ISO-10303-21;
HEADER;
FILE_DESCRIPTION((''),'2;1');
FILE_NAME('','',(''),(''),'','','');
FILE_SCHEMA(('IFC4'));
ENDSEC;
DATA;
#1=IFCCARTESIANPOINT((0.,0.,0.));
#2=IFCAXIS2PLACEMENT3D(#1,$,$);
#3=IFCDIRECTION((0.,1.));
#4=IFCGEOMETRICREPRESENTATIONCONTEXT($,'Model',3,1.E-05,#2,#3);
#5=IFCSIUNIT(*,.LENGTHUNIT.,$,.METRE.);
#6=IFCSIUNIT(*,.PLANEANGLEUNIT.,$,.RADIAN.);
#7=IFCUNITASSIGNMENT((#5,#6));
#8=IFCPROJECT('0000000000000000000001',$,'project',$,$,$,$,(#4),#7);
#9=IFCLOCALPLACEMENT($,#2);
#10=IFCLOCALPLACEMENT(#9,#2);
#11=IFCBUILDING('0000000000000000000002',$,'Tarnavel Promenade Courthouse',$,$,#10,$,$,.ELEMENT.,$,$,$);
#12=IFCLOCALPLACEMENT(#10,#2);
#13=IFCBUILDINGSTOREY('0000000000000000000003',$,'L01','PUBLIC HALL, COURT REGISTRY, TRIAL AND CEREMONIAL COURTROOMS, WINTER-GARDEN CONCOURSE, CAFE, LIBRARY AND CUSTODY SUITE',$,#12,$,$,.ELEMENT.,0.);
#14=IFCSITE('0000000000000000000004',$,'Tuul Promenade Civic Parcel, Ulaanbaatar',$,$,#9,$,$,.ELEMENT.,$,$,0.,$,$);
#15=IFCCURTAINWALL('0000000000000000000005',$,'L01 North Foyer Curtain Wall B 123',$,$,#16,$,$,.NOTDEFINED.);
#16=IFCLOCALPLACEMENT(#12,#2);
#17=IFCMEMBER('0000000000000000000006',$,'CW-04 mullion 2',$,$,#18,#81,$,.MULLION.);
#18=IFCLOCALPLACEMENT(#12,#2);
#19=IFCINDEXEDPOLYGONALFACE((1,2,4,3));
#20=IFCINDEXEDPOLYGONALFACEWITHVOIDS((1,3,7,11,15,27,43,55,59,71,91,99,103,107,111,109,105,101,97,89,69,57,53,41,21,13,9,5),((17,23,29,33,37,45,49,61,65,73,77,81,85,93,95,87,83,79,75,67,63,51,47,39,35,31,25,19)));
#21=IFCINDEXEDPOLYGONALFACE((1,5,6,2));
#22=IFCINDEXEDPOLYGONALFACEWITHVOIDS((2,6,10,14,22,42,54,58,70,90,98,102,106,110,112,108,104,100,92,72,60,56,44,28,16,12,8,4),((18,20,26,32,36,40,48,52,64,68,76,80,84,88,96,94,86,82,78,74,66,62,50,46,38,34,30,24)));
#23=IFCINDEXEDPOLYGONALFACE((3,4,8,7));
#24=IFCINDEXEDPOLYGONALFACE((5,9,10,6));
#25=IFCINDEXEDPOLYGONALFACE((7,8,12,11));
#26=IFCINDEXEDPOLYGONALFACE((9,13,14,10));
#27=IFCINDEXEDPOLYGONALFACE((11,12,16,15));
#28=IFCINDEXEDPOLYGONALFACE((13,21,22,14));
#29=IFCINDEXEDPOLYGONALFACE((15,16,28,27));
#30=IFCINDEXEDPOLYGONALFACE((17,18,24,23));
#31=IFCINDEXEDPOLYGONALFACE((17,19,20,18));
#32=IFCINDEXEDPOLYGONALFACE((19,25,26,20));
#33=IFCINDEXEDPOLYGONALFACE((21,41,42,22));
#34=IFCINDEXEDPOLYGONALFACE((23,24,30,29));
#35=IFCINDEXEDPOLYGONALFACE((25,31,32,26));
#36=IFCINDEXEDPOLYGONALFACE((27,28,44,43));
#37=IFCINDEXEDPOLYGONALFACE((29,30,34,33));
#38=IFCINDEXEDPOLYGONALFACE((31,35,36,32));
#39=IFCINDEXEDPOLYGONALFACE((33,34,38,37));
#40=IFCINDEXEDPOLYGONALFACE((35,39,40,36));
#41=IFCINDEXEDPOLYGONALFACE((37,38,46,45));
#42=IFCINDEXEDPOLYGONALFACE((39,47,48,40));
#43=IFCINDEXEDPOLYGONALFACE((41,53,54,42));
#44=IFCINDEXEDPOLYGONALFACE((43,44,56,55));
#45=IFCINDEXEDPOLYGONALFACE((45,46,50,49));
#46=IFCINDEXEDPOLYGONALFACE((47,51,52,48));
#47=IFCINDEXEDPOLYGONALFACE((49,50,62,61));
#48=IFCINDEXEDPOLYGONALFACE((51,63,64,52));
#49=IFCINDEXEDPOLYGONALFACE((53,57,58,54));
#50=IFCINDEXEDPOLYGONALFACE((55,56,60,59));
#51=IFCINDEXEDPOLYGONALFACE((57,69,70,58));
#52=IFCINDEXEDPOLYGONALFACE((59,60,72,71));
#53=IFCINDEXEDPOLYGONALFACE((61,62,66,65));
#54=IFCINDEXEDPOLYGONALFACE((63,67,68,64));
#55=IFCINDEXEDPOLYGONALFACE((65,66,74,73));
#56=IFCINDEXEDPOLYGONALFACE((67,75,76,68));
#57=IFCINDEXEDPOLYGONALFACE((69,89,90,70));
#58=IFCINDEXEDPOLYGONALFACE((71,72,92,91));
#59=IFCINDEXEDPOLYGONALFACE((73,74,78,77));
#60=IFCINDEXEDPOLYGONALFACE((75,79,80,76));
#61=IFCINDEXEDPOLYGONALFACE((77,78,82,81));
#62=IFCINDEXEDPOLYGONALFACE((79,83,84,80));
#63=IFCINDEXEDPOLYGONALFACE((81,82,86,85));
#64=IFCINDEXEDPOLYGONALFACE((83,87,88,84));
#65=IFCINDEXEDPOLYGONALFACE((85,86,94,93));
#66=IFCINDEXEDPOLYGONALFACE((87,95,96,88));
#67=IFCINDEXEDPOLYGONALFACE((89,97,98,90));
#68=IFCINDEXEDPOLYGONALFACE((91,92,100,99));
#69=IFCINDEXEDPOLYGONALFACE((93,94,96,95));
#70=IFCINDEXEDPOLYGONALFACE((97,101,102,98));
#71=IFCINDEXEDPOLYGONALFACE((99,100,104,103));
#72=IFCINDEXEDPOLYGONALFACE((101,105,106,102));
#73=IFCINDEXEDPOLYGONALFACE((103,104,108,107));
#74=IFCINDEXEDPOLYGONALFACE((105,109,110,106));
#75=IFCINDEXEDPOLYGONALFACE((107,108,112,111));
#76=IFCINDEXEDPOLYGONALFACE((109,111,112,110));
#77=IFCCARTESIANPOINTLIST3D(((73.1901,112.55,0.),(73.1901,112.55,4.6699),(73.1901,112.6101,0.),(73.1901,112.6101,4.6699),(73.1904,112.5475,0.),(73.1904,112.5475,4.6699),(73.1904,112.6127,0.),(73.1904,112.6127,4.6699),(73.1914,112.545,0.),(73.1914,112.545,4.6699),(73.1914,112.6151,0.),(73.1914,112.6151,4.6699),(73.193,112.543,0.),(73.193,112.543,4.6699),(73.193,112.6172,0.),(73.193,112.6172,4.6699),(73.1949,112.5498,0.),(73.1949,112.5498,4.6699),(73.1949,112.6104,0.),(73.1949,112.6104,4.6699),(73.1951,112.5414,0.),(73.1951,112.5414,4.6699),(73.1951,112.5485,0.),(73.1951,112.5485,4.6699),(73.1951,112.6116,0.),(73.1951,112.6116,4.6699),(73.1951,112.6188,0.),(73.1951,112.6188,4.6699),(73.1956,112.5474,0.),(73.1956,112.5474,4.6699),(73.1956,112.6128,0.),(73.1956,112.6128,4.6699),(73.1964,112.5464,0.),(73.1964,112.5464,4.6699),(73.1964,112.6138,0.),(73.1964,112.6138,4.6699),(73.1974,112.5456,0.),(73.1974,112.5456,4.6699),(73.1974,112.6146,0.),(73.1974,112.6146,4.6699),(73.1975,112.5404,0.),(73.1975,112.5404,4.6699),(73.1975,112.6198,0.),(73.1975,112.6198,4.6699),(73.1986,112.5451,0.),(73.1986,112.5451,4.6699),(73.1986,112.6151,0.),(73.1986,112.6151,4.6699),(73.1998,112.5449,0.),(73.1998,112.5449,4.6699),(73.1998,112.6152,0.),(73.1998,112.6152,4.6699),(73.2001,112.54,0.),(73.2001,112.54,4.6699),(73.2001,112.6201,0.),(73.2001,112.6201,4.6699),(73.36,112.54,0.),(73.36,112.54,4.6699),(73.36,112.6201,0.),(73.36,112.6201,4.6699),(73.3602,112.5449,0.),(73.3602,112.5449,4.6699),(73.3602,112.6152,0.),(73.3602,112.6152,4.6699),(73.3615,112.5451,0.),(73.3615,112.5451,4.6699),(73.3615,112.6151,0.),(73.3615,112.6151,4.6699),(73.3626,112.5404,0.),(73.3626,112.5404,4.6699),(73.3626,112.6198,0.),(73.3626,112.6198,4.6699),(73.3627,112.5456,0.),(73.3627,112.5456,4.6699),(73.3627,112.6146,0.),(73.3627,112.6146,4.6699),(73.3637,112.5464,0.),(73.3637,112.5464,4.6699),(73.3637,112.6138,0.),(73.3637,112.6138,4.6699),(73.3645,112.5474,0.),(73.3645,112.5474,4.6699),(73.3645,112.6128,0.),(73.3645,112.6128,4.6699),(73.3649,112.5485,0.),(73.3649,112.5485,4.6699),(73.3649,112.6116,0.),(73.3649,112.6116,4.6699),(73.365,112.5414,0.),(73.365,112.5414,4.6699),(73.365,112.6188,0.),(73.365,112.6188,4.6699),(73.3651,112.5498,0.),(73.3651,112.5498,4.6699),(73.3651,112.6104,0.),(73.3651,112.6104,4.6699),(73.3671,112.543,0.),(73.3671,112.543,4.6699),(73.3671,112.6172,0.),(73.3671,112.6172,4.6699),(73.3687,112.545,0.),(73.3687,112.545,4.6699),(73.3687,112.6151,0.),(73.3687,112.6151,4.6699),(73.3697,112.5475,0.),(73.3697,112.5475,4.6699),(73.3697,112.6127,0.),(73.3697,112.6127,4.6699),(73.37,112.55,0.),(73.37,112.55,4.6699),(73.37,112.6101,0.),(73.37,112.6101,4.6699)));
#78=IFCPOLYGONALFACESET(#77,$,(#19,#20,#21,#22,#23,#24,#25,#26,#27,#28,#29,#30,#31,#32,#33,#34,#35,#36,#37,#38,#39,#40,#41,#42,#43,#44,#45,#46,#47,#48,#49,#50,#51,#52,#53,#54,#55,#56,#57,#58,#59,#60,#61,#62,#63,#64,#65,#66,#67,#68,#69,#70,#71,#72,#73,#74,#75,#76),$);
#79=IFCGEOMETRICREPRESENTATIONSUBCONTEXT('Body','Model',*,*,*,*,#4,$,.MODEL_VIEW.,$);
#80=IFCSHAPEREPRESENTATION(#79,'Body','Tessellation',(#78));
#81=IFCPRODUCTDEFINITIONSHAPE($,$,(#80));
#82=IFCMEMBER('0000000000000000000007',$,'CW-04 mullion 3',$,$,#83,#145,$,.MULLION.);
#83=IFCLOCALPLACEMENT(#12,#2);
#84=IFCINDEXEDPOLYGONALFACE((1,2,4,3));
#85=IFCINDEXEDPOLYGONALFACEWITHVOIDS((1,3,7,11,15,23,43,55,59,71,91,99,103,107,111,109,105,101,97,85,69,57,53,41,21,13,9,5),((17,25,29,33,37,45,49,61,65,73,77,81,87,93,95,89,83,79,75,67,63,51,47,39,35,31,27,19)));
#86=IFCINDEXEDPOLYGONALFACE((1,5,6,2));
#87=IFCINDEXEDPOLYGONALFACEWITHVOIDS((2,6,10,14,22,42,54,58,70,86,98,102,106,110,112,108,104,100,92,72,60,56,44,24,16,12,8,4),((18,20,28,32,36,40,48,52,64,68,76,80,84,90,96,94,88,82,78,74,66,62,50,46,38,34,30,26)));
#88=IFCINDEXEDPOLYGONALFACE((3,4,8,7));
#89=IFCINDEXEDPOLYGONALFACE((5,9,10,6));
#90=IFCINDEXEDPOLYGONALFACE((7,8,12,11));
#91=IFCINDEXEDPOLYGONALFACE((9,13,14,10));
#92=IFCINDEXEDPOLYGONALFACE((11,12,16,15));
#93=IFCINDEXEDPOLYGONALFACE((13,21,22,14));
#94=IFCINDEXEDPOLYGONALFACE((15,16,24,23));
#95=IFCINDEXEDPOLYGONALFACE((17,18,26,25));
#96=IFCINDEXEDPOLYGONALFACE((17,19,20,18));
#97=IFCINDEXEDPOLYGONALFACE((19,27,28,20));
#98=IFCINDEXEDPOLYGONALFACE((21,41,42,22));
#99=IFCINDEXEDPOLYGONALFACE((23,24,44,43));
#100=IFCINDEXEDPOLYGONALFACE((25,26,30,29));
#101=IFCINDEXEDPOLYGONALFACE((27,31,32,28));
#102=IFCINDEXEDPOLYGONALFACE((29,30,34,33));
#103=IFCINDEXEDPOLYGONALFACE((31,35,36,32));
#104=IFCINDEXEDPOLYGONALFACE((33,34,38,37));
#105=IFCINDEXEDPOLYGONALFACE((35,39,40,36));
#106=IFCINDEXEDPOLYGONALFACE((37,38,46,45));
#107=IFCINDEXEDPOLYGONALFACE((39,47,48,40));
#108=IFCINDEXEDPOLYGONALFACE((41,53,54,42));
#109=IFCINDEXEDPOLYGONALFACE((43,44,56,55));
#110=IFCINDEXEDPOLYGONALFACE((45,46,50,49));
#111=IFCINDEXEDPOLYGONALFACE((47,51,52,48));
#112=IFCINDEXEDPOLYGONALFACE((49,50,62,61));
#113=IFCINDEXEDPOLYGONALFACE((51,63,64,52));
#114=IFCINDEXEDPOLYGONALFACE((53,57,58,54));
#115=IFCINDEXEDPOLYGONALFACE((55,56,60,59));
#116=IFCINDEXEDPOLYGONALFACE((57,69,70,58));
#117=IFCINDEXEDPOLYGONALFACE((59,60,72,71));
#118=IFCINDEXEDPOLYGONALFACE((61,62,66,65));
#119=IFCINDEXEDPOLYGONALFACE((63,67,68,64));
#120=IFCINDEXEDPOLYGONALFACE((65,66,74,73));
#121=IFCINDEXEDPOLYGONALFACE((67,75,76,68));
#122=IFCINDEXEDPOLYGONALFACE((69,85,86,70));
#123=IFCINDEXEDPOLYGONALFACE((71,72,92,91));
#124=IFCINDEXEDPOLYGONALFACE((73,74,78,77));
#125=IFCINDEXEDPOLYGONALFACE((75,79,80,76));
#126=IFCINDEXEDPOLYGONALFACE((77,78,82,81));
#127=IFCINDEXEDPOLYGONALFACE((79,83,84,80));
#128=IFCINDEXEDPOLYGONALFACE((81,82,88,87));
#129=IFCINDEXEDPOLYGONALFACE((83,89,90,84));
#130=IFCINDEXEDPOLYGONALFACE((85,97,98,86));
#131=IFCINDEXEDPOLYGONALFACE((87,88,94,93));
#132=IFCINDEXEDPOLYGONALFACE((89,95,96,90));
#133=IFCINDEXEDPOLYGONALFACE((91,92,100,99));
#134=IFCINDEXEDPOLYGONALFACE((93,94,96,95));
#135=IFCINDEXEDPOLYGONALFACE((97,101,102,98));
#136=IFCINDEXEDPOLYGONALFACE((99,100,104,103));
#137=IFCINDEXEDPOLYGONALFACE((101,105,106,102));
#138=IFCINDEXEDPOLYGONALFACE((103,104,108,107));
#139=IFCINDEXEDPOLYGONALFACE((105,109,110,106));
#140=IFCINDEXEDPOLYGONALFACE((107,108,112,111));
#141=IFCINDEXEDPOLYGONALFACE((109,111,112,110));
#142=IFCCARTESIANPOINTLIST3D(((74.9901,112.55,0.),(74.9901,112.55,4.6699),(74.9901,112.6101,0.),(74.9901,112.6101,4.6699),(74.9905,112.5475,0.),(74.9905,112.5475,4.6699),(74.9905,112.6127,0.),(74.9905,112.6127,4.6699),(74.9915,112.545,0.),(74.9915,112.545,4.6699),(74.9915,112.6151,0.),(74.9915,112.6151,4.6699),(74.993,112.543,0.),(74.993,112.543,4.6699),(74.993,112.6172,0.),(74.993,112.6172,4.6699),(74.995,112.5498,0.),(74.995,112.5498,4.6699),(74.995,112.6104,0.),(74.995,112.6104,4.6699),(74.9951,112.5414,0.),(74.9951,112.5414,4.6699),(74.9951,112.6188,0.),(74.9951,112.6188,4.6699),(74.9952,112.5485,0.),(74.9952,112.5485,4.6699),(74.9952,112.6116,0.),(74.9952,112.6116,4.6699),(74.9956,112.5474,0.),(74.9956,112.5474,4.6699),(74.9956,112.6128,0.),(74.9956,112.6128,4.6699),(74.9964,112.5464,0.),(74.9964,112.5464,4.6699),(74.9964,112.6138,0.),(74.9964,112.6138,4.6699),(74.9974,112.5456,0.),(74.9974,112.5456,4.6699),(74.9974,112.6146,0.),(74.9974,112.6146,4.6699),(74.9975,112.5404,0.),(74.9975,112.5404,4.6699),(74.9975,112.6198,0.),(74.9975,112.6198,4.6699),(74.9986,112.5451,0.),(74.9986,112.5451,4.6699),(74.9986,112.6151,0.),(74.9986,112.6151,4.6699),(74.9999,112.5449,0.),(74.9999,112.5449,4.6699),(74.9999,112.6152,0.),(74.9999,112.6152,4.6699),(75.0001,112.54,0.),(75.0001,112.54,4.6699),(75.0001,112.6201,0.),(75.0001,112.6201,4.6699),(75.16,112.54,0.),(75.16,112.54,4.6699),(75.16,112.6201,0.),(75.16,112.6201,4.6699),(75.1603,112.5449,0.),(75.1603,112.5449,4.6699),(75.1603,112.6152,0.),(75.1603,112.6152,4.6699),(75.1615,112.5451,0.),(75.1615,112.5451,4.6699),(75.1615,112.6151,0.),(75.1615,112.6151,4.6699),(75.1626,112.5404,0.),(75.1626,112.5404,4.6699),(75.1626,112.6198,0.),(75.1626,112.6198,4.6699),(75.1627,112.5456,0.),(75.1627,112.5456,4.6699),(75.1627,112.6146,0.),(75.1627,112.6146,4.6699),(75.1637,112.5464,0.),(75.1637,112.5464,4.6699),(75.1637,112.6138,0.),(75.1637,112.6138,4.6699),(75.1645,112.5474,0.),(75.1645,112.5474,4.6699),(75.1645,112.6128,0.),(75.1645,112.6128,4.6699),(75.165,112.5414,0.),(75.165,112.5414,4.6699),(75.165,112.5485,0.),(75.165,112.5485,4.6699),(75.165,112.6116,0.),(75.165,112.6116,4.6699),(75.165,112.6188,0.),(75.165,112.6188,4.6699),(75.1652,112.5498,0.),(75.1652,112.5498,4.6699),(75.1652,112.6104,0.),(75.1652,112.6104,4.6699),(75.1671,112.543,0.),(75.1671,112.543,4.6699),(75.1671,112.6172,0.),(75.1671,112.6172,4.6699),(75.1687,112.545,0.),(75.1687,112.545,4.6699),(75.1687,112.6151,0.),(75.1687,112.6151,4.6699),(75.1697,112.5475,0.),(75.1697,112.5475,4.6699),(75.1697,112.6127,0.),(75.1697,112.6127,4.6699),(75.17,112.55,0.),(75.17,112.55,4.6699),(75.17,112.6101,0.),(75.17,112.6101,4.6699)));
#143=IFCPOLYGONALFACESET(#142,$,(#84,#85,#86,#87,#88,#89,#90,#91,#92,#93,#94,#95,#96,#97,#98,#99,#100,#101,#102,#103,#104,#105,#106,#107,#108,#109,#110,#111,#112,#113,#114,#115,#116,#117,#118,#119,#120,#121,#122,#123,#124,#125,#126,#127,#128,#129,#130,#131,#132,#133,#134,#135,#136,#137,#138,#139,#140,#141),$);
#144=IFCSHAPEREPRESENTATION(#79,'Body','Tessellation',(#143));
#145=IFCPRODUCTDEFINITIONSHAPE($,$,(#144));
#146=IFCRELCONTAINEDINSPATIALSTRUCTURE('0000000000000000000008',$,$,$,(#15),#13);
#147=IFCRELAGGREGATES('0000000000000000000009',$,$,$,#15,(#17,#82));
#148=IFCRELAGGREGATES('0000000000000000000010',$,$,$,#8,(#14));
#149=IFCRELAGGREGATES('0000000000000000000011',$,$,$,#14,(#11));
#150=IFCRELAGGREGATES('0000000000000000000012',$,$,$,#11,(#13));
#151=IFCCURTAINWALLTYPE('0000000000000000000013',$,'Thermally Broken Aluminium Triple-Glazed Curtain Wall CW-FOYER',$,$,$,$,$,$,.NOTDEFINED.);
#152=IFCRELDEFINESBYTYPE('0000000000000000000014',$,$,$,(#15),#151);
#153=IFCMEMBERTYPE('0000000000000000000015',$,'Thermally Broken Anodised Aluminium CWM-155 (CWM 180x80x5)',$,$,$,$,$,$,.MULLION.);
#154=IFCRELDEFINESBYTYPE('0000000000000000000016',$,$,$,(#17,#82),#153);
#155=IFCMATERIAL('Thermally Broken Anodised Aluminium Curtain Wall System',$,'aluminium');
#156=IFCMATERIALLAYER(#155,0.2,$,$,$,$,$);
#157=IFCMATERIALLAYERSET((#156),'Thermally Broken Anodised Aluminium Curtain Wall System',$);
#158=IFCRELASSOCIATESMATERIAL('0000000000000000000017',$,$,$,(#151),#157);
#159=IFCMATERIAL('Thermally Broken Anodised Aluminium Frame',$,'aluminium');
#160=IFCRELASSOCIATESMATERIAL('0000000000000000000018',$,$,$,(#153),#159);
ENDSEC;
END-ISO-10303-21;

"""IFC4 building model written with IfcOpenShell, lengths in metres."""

from ifc_helpers import new_model, si_unit, direction, frame, origin, origin_2d, place, context, subcontext, project, spatial, hollow_rectangle, extrude, material, layer, layer_set, material_profile, profile_set, type_object, element, aggregate, save


model = new_model("IFC4")

# Units and contexts
model_context = context("Model", 3, precision=1e-05, world=origin(), true_north=direction((0.0, 1.0)))
body_context = subcontext(model_context, "Body", "Model", "MODEL_VIEW")
ifc_project = project(units=[si_unit("LENGTHUNIT", "METRE"), si_unit("PLANEANGLEUNIT", "RADIAN")], contexts=[model_context])

# Site, building, storey
site_placement = place(None, origin())
site = spatial("IfcSite", under=ifc_project, at=site_placement, Name="Tuul Promenade Civic Parcel, Ulaanbaatar", CompositionType="ELEMENT", RefElevation=0.0)
building_placement = place(site_placement, origin())
building = spatial("IfcBuilding", under=site, at=building_placement, Name="Tarnavel Promenade Courthouse", CompositionType="ELEMENT")
storey_placement = place(building_placement, origin())
storey = spatial("IfcBuildingStorey", under=building, at=storey_placement, Name="L01", Description="PUBLIC HALL, COURT REGISTRY, TRIAL AND CEREMONIAL COURTROOMS, WINTER-GARDEN CONCOURSE, CAFE, LIBRARY AND CUSTODY SUITE", CompositionType="ELEMENT", Elevation=0.0)

# Shared definitions
ifc_material_1 = material(Name="Thermally Broken Anodised Aluminium Curtain Wall System", Category="aluminium")
ifc_layer_1 = layer(ifc_material_1, 0.2)
ifc_layer_set_1 = layer_set([ifc_layer_1], Name="Thermally Broken Anodised Aluminium Curtain Wall System")
curtain_wall_type = type_object("IfcCurtainWallType", Name="Thermally Broken Aluminium Triple-Glazed Curtain Wall CW-FOYER", PredefinedType="NOTDEFINED", material=ifc_layer_set_1)
ifc_material_2 = material(Name="Thermally Broken Anodised Aluminium Frame", Category="aluminium")
ifc_material_profile_1 = material_profile(ifc_material_2, hollow_rectangle(XDim=0.0801, YDim=0.1799, WallThickness=0.0049, InnerFilletRadius=0.0049, OuterFilletRadius=0.01, at=origin_2d()), Name="CWM 180x80x5")
ifc_profile_set_1 = profile_set([ifc_material_profile_1], Name="Thermally Broken Anodised Aluminium Frame")
member_type_1 = type_object("IfcMemberType", Name="Thermally Broken Anodised Aluminium CWM-155 (CWM 180x80x5)", PredefinedType="MULLION", material=ifc_profile_set_1)

# Curtain wall, members
curtain_wall_1_placement = place(storey_placement, origin())
curtain_wall_1 = element("IfcCurtainWall", 1, at=curtain_wall_1_placement, inside=storey, type_object=curtain_wall_type, Name="L01 North Foyer Curtain Wall B 123", PredefinedType="NOTDEFINED")
member_1_placement = place(storey_placement, frame((73.28, 112.5801, 0.0), z_axis=(0.0, 0.0, 1.0), x_axis=(0.0, 1.0, 0.0)))
member_1 = element("IfcMember", 2, at=member_1_placement, type_object=member_type_1, Name="CW-04 mullion 2", PredefinedType="MULLION", context=body_context, shape_type="SweptSolid", body=[
    extrude(hollow_rectangle(XDim=0.0801, YDim=0.1799, WallThickness=0.0049, InnerFilletRadius=0.0049, OuterFilletRadius=0.01, at=origin_2d()), origin(), (0.0, 0.0, 1.0), 4.6699),
])
member_2_placement = place(storey_placement, frame((75.0801, 112.5801, 0.0), z_axis=(0.0, 0.0, 1.0), x_axis=(0.0, 1.0, 0.0)))
member_2 = element("IfcMember", 3, at=member_2_placement, type_object=member_type_1, Name="CW-04 mullion 3", PredefinedType="MULLION", context=body_context, shape_type="SweptSolid", body=[
    extrude(hollow_rectangle(XDim=0.0801, YDim=0.1799, WallThickness=0.0049, InnerFilletRadius=0.0049, OuterFilletRadius=0.01, at=origin_2d()), origin(), (0.0, 0.0, 1.0), 4.6699),
])

aggregate(curtain_wall_1, [member_1, member_2])

save(model, "model.ifc")
